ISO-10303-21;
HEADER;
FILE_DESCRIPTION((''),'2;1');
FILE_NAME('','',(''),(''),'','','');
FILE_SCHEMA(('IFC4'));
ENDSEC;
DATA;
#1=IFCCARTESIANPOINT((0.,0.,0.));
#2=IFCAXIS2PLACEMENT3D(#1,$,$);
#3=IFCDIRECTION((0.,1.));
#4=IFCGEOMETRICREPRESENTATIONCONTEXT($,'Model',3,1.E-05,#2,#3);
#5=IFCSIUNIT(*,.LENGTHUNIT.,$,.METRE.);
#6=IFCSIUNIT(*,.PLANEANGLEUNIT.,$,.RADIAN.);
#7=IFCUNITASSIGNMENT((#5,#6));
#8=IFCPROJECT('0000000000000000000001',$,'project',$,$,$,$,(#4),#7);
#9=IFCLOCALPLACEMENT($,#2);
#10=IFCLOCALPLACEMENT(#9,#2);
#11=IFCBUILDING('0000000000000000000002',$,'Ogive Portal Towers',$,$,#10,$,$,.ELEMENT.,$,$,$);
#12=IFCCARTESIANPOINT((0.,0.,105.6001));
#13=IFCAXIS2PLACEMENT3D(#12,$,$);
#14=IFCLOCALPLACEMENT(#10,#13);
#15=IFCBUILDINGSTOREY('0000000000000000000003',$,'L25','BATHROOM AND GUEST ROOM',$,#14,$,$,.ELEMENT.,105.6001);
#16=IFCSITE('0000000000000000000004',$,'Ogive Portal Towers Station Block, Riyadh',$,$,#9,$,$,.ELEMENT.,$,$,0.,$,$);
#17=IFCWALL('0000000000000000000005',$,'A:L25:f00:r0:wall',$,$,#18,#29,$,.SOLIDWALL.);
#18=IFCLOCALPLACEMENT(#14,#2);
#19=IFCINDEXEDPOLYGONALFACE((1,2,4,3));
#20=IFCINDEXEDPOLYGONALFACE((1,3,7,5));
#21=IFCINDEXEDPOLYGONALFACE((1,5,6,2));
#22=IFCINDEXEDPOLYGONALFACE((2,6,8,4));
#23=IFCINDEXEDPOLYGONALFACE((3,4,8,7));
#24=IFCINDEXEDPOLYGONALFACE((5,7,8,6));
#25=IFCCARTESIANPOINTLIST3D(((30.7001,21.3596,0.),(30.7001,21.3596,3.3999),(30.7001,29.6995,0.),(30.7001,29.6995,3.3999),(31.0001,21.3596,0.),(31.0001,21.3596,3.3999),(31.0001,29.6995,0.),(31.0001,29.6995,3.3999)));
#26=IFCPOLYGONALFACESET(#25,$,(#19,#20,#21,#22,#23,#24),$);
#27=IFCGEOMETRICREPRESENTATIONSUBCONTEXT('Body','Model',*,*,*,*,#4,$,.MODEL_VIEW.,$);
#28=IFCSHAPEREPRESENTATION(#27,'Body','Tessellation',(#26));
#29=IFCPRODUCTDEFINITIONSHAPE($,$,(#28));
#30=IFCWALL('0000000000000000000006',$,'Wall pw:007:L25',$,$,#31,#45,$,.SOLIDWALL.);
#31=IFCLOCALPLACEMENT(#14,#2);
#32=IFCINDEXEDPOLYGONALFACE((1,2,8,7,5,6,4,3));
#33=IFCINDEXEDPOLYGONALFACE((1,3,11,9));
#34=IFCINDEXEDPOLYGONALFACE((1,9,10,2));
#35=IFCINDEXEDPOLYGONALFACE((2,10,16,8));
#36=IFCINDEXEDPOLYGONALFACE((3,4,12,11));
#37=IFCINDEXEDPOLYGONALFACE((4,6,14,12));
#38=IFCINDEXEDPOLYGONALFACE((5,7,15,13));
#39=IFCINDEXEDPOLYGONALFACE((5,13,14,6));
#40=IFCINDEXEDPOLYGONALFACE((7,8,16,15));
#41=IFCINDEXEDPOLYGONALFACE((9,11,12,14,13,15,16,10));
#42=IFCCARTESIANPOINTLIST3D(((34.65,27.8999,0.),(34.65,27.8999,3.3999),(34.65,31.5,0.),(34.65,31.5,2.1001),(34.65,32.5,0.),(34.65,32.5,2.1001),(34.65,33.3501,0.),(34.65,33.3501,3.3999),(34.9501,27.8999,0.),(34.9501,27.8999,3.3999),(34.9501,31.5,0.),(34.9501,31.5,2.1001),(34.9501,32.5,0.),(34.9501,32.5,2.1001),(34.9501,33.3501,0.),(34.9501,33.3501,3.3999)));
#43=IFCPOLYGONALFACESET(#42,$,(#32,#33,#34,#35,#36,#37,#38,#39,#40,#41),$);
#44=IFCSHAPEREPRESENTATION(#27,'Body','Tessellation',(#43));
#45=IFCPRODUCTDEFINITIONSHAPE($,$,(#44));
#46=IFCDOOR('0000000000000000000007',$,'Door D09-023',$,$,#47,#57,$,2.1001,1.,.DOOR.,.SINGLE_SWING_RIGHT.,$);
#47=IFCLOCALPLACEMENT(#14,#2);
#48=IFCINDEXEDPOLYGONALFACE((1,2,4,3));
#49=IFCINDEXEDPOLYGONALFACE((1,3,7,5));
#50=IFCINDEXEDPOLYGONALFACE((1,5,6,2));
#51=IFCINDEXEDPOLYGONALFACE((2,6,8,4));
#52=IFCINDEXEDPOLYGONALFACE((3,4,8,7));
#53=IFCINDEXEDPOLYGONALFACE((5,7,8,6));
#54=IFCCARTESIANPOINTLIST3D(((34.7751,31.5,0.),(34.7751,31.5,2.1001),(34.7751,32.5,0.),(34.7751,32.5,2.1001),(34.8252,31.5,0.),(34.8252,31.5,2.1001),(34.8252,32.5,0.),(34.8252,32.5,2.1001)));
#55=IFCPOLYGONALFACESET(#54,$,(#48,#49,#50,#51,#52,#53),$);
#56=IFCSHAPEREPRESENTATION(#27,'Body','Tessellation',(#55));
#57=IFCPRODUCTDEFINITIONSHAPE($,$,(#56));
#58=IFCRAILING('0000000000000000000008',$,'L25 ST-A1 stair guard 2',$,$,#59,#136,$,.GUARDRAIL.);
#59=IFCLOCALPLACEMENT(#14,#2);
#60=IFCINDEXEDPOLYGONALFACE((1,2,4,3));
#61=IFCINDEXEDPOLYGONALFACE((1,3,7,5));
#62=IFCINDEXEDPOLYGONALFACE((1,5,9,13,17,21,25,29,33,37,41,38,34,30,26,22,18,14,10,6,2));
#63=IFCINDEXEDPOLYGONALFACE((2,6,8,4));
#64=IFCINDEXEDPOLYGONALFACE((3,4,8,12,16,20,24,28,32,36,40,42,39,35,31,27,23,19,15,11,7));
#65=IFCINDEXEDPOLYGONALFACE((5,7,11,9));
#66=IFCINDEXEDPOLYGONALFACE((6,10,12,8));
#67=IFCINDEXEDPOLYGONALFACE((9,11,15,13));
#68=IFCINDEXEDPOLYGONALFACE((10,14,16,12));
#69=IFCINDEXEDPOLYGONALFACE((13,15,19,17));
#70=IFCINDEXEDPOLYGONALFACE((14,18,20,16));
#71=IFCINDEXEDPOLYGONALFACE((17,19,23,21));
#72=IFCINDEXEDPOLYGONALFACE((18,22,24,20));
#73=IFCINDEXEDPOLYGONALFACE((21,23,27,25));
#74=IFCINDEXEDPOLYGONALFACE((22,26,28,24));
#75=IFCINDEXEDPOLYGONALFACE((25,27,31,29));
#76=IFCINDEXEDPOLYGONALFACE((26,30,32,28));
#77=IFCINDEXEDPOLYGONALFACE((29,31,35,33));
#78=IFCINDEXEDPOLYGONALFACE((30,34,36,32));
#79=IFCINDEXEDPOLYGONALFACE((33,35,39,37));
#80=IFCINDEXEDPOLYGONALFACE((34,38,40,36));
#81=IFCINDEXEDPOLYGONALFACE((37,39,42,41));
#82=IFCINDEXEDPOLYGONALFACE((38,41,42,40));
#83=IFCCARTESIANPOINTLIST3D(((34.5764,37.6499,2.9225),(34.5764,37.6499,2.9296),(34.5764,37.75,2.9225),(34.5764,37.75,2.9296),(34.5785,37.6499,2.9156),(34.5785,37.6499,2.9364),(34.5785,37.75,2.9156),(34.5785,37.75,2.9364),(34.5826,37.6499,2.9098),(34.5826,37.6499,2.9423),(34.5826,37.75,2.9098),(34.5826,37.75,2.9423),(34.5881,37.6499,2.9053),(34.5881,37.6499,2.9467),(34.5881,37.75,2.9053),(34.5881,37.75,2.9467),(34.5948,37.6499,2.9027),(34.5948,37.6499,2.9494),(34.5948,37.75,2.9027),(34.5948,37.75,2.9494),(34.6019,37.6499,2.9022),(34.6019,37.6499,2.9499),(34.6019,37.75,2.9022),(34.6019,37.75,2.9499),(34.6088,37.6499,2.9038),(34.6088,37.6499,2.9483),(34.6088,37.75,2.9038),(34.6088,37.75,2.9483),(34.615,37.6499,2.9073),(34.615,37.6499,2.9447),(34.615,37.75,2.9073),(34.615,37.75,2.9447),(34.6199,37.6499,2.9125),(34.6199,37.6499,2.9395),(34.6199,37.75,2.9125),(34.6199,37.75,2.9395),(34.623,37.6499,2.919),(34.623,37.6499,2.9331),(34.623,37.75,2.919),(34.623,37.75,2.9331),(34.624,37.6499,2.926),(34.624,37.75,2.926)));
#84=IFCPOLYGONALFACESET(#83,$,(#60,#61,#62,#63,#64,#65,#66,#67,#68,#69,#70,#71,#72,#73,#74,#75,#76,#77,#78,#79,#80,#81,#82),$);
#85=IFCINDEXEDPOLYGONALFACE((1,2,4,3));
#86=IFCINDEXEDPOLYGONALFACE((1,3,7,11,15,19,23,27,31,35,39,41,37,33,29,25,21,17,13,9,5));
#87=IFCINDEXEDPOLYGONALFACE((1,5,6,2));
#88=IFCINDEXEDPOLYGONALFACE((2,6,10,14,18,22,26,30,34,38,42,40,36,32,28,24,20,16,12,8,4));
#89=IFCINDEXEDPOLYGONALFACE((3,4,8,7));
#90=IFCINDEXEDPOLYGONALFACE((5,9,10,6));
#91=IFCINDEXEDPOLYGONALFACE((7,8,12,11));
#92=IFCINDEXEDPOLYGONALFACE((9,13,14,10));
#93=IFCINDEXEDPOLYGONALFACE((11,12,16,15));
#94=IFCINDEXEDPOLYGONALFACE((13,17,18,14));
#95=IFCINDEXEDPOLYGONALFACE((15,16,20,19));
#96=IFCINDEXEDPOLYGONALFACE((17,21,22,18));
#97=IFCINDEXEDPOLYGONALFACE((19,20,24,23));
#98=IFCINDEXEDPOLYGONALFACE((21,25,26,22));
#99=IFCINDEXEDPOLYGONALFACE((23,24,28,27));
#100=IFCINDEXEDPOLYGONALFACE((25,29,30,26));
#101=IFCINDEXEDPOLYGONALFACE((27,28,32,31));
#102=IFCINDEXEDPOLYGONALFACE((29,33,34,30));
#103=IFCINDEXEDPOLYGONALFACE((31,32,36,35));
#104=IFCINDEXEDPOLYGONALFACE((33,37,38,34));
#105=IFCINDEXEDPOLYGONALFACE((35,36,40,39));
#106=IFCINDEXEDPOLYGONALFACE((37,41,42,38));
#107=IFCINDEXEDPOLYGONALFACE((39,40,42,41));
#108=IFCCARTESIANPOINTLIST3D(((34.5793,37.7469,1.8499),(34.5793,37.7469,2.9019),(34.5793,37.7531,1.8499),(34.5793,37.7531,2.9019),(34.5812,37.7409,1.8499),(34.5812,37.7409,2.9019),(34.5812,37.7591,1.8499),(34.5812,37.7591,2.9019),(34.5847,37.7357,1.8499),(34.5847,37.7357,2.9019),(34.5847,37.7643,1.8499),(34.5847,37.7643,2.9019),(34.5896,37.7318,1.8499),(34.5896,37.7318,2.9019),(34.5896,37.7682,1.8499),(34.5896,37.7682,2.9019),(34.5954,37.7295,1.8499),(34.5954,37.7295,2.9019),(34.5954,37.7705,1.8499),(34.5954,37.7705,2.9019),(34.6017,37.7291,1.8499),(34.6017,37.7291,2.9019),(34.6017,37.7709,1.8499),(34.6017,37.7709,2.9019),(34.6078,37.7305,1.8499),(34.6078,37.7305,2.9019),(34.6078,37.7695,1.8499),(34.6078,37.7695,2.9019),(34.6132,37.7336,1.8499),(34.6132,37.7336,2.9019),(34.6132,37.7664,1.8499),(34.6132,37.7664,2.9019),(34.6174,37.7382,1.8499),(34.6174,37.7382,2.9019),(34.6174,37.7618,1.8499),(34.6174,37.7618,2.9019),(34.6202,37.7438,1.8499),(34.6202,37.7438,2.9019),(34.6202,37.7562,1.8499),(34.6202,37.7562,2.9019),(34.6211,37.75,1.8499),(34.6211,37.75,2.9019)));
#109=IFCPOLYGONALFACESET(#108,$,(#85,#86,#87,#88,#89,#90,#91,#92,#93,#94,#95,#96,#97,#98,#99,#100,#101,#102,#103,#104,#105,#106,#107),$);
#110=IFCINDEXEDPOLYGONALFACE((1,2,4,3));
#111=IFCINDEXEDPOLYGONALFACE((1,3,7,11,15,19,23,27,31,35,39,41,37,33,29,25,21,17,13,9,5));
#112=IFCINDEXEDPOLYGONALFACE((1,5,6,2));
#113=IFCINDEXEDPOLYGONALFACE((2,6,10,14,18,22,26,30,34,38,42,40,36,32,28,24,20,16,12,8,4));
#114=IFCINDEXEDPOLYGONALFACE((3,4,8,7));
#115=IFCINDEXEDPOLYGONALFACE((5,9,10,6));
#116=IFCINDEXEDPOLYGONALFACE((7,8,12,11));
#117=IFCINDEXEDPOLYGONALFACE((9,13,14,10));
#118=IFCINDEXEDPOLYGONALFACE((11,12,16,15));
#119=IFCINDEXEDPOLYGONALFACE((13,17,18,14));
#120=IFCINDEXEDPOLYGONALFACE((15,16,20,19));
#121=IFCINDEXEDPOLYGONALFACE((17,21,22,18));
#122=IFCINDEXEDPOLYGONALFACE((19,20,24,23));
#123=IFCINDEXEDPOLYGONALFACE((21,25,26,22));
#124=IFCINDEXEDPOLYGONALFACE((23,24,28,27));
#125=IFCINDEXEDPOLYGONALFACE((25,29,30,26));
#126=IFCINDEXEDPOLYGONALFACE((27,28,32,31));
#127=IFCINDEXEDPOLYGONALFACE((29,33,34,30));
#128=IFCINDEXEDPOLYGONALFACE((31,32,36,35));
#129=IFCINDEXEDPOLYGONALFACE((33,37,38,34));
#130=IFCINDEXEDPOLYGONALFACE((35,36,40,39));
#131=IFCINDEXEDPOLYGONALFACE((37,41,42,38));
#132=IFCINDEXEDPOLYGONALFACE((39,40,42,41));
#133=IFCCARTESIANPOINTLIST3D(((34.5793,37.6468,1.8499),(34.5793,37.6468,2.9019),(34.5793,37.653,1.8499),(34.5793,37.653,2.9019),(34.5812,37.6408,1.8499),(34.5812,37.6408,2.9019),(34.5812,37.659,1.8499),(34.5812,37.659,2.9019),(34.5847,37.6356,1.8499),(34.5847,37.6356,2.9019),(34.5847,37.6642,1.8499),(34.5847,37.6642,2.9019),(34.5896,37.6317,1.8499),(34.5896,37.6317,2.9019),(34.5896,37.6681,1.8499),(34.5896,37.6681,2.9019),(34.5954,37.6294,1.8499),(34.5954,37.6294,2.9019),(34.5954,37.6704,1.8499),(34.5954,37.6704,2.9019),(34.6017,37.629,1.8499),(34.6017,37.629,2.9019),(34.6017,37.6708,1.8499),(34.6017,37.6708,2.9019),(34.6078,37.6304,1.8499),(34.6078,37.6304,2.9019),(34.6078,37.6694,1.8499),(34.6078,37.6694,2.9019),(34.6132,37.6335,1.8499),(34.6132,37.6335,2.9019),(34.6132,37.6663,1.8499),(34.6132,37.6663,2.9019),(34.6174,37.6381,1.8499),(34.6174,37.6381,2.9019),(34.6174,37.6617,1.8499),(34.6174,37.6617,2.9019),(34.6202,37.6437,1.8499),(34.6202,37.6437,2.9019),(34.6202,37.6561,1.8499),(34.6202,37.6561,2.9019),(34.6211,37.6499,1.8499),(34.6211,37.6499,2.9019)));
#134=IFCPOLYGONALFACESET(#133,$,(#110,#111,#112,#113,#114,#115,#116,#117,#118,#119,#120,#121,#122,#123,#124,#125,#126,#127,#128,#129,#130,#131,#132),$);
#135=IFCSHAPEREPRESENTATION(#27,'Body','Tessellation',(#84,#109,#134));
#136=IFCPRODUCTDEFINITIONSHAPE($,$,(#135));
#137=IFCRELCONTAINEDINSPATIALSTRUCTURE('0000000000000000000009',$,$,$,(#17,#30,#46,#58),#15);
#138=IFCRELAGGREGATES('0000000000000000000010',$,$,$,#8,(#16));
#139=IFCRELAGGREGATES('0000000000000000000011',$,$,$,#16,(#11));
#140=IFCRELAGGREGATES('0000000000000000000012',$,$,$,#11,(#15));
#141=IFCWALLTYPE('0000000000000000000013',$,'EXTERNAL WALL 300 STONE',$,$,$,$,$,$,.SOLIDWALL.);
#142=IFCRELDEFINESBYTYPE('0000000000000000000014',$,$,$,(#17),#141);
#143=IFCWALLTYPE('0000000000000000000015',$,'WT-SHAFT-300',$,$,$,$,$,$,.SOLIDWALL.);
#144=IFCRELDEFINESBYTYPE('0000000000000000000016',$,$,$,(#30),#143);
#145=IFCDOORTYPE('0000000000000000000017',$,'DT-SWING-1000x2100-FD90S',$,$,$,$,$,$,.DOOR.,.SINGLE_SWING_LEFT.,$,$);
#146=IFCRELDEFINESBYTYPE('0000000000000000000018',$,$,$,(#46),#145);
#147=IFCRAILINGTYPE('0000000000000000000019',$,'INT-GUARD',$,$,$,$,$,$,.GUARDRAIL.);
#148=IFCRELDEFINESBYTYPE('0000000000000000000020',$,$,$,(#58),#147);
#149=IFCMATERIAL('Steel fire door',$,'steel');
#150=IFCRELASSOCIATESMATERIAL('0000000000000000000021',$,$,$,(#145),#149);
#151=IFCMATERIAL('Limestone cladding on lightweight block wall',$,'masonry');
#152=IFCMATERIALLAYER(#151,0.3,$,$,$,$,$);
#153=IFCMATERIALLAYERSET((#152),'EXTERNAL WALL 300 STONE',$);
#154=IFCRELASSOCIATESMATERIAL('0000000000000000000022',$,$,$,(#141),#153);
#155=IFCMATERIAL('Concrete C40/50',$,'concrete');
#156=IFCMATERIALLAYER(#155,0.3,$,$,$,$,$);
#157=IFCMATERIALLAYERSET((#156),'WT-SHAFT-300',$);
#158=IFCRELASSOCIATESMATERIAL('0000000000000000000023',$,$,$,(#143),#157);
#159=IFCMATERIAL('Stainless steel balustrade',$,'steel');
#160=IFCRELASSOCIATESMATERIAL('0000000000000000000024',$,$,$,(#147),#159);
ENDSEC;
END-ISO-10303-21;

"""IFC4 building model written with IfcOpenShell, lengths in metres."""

from ifc_helpers import new_model, si_unit, direction, frame, frame_2d, origin, origin_2d, place, context, subcontext, project, spatial, rectangle, circle, extrude, material, layer, layer_set, type_object, element, fill, save


model = new_model("IFC4")

# Units and contexts
model_context = context("Model", 3, precision=1e-05, world=origin(), true_north=direction((0.0, 1.0)))
body_context = subcontext(model_context, "Body", "Model", "MODEL_VIEW")
ifc_project = project(units=[si_unit("LENGTHUNIT", "METRE"), si_unit("PLANEANGLEUNIT", "RADIAN")], contexts=[model_context])

# Site, building, storey
site_placement = place(None, origin())
site = spatial("IfcSite", under=ifc_project, at=site_placement, Name="Ogive Portal Towers Station Block, Riyadh", CompositionType="ELEMENT", RefElevation=0.0)
building_placement = place(site_placement, origin())
building = spatial("IfcBuilding", under=site, at=building_placement, Name="Ogive Portal Towers", CompositionType="ELEMENT")
storey_placement = place(building_placement, frame((0.0, 0.0, 105.6001)))
storey = spatial("IfcBuildingStorey", under=building, at=storey_placement, Name="L25", Description="BATHROOM AND GUEST ROOM", CompositionType="ELEMENT", Elevation=105.6001)

# Shared definitions
ifc_material_1 = material(Name="Concrete C40/50", Category="concrete")

# Shared definitions
ifc_material_2 = material(Name="Steel fire door", Category="steel")
door_type_1 = type_object("IfcDoorType", Name="DT-SWING-1000x2100-FD90S", OperationType="SINGLE_SWING_LEFT", PredefinedType="DOOR", material=ifc_material_2)

# Wall
ifc_material_3 = material(Name="Limestone cladding on lightweight block wall", Category="masonry")
ifc_layer_1 = layer(ifc_material_3, 0.3)
ifc_layer_set_1 = layer_set([ifc_layer_1], Name="EXTERNAL WALL 300 STONE")
wall_type_1 = type_object("IfcWallType", Name="EXTERNAL WALL 300 STONE", PredefinedType="SOLIDWALL", material=ifc_layer_set_1)
wall_1_placement = place(storey_placement, frame((30.8501, 29.6995, 0.0), z_axis=(0.0, 0.0, 1.0), x_axis=(0.0, -1.0, 0.0)))
element("IfcWall", 1, at=wall_1_placement, inside=storey, type_object=wall_type_1, Name="A:L25:f00:r0:wall", PredefinedType="SOLIDWALL", context=body_context, shape_type="SweptSolid", body=[
    extrude(rectangle(XDim=8.3398, YDim=0.3, at=frame_2d((4.1699, 0.0))), origin(), (0.0, 0.0, 1.0), 3.3999),
])

# Wall, opening, door
ifc_layer_2 = layer(ifc_material_1, 0.3)
ifc_layer_set_2 = layer_set([ifc_layer_2], Name="WT-SHAFT-300")
wall_type_2 = type_object("IfcWallType", Name="WT-SHAFT-300", PredefinedType="SOLIDWALL", material=ifc_layer_set_2)
wall_2_placement = place(storey_placement, frame((34.8, 27.8999, 0.0), z_axis=(0.0, 0.0, 1.0), x_axis=(0.0, 1.0, 0.0)))
wall_2 = element("IfcWall", 2, at=wall_2_placement, inside=storey, type_object=wall_type_2, Name="Wall pw:007:L25", PredefinedType="SOLIDWALL", context=body_context, shape_type="SweptSolid", body=[
    extrude(rectangle(XDim=5.4502, YDim=0.3, at=frame_2d((2.7251, 0.0))), origin(), (0.0, 0.0, 1.0), 3.3999),
])
opening_1_placement = place(wall_2_placement, frame((3.6001, 0.0, 0.0)))
opening_1 = element("IfcOpeningElement", 3, at=opening_1_placement, cuts=wall_2, PredefinedType="OPENING", context=body_context, shape_type="SweptSolid", body=[
    extrude(rectangle(XDim=1.0, YDim=2.1001, at=frame_2d((0.5, 1.05))), frame((0.0, 0.1602, 0.0), z_axis=(0.0, -1.0, 0.0), x_axis=(1.0, 0.0, 0.0)), (0.0, 0.0, 1.0), 0.3201),
])
door_1_placement = place(opening_1_placement, origin())
door_1 = element("IfcDoor", 4, at=door_1_placement, inside=storey, type_object=door_type_1, Name="Door D09-023", OperationType="SINGLE_SWING_RIGHT", OverallHeight=2.1001, OverallWidth=1.0, PredefinedType="DOOR", context=body_context, shape_type="SweptSolid", body=[
    extrude(rectangle(XDim=1.0, YDim=2.1001, at=frame_2d((0.5, 1.05))), frame((0.0, 0.0249, 0.0), z_axis=(0.0, -1.0, 0.0), x_axis=(1.0, 0.0, 0.0)), (0.0, 0.0, 1.0), 0.05),
])
fill(opening_1, door_1)

# Railing
ifc_material_4 = material(Name="Stainless steel balustrade", Category="steel")
railing_type_1 = type_object("IfcRailingType", Name="INT-GUARD", PredefinedType="GUARDRAIL", material=ifc_material_4)
railing_1_placement = place(storey_placement, frame((34.6001, 37.75, 1.8499)))
element("IfcRailing", 5, at=railing_1_placement, inside=storey, type_object=railing_type_1, Name="L25 ST-A1 stair guard 2", PredefinedType="GUARDRAIL", context=body_context, shape_type="SweptSolid", body=[
    extrude(circle(Radius=0.0239, at=origin_2d()), frame((0.0, 0.0, 1.0762), z_axis=(0.0, -1.0, 0.0), x_axis=(1.0, 0.0, 0.0)), (0.0, 0.0, 1.0), 0.1001),
    extrude(circle(Radius=0.021, at=origin_2d()), origin(), (0.0, 0.0, 1.0), 1.052),
    extrude(circle(Radius=0.021, at=origin_2d()), frame((0.0, -0.1001, 0.0)), (0.0, 0.0, 1.0), 1.052),
])

save(model, "model.ifc")
